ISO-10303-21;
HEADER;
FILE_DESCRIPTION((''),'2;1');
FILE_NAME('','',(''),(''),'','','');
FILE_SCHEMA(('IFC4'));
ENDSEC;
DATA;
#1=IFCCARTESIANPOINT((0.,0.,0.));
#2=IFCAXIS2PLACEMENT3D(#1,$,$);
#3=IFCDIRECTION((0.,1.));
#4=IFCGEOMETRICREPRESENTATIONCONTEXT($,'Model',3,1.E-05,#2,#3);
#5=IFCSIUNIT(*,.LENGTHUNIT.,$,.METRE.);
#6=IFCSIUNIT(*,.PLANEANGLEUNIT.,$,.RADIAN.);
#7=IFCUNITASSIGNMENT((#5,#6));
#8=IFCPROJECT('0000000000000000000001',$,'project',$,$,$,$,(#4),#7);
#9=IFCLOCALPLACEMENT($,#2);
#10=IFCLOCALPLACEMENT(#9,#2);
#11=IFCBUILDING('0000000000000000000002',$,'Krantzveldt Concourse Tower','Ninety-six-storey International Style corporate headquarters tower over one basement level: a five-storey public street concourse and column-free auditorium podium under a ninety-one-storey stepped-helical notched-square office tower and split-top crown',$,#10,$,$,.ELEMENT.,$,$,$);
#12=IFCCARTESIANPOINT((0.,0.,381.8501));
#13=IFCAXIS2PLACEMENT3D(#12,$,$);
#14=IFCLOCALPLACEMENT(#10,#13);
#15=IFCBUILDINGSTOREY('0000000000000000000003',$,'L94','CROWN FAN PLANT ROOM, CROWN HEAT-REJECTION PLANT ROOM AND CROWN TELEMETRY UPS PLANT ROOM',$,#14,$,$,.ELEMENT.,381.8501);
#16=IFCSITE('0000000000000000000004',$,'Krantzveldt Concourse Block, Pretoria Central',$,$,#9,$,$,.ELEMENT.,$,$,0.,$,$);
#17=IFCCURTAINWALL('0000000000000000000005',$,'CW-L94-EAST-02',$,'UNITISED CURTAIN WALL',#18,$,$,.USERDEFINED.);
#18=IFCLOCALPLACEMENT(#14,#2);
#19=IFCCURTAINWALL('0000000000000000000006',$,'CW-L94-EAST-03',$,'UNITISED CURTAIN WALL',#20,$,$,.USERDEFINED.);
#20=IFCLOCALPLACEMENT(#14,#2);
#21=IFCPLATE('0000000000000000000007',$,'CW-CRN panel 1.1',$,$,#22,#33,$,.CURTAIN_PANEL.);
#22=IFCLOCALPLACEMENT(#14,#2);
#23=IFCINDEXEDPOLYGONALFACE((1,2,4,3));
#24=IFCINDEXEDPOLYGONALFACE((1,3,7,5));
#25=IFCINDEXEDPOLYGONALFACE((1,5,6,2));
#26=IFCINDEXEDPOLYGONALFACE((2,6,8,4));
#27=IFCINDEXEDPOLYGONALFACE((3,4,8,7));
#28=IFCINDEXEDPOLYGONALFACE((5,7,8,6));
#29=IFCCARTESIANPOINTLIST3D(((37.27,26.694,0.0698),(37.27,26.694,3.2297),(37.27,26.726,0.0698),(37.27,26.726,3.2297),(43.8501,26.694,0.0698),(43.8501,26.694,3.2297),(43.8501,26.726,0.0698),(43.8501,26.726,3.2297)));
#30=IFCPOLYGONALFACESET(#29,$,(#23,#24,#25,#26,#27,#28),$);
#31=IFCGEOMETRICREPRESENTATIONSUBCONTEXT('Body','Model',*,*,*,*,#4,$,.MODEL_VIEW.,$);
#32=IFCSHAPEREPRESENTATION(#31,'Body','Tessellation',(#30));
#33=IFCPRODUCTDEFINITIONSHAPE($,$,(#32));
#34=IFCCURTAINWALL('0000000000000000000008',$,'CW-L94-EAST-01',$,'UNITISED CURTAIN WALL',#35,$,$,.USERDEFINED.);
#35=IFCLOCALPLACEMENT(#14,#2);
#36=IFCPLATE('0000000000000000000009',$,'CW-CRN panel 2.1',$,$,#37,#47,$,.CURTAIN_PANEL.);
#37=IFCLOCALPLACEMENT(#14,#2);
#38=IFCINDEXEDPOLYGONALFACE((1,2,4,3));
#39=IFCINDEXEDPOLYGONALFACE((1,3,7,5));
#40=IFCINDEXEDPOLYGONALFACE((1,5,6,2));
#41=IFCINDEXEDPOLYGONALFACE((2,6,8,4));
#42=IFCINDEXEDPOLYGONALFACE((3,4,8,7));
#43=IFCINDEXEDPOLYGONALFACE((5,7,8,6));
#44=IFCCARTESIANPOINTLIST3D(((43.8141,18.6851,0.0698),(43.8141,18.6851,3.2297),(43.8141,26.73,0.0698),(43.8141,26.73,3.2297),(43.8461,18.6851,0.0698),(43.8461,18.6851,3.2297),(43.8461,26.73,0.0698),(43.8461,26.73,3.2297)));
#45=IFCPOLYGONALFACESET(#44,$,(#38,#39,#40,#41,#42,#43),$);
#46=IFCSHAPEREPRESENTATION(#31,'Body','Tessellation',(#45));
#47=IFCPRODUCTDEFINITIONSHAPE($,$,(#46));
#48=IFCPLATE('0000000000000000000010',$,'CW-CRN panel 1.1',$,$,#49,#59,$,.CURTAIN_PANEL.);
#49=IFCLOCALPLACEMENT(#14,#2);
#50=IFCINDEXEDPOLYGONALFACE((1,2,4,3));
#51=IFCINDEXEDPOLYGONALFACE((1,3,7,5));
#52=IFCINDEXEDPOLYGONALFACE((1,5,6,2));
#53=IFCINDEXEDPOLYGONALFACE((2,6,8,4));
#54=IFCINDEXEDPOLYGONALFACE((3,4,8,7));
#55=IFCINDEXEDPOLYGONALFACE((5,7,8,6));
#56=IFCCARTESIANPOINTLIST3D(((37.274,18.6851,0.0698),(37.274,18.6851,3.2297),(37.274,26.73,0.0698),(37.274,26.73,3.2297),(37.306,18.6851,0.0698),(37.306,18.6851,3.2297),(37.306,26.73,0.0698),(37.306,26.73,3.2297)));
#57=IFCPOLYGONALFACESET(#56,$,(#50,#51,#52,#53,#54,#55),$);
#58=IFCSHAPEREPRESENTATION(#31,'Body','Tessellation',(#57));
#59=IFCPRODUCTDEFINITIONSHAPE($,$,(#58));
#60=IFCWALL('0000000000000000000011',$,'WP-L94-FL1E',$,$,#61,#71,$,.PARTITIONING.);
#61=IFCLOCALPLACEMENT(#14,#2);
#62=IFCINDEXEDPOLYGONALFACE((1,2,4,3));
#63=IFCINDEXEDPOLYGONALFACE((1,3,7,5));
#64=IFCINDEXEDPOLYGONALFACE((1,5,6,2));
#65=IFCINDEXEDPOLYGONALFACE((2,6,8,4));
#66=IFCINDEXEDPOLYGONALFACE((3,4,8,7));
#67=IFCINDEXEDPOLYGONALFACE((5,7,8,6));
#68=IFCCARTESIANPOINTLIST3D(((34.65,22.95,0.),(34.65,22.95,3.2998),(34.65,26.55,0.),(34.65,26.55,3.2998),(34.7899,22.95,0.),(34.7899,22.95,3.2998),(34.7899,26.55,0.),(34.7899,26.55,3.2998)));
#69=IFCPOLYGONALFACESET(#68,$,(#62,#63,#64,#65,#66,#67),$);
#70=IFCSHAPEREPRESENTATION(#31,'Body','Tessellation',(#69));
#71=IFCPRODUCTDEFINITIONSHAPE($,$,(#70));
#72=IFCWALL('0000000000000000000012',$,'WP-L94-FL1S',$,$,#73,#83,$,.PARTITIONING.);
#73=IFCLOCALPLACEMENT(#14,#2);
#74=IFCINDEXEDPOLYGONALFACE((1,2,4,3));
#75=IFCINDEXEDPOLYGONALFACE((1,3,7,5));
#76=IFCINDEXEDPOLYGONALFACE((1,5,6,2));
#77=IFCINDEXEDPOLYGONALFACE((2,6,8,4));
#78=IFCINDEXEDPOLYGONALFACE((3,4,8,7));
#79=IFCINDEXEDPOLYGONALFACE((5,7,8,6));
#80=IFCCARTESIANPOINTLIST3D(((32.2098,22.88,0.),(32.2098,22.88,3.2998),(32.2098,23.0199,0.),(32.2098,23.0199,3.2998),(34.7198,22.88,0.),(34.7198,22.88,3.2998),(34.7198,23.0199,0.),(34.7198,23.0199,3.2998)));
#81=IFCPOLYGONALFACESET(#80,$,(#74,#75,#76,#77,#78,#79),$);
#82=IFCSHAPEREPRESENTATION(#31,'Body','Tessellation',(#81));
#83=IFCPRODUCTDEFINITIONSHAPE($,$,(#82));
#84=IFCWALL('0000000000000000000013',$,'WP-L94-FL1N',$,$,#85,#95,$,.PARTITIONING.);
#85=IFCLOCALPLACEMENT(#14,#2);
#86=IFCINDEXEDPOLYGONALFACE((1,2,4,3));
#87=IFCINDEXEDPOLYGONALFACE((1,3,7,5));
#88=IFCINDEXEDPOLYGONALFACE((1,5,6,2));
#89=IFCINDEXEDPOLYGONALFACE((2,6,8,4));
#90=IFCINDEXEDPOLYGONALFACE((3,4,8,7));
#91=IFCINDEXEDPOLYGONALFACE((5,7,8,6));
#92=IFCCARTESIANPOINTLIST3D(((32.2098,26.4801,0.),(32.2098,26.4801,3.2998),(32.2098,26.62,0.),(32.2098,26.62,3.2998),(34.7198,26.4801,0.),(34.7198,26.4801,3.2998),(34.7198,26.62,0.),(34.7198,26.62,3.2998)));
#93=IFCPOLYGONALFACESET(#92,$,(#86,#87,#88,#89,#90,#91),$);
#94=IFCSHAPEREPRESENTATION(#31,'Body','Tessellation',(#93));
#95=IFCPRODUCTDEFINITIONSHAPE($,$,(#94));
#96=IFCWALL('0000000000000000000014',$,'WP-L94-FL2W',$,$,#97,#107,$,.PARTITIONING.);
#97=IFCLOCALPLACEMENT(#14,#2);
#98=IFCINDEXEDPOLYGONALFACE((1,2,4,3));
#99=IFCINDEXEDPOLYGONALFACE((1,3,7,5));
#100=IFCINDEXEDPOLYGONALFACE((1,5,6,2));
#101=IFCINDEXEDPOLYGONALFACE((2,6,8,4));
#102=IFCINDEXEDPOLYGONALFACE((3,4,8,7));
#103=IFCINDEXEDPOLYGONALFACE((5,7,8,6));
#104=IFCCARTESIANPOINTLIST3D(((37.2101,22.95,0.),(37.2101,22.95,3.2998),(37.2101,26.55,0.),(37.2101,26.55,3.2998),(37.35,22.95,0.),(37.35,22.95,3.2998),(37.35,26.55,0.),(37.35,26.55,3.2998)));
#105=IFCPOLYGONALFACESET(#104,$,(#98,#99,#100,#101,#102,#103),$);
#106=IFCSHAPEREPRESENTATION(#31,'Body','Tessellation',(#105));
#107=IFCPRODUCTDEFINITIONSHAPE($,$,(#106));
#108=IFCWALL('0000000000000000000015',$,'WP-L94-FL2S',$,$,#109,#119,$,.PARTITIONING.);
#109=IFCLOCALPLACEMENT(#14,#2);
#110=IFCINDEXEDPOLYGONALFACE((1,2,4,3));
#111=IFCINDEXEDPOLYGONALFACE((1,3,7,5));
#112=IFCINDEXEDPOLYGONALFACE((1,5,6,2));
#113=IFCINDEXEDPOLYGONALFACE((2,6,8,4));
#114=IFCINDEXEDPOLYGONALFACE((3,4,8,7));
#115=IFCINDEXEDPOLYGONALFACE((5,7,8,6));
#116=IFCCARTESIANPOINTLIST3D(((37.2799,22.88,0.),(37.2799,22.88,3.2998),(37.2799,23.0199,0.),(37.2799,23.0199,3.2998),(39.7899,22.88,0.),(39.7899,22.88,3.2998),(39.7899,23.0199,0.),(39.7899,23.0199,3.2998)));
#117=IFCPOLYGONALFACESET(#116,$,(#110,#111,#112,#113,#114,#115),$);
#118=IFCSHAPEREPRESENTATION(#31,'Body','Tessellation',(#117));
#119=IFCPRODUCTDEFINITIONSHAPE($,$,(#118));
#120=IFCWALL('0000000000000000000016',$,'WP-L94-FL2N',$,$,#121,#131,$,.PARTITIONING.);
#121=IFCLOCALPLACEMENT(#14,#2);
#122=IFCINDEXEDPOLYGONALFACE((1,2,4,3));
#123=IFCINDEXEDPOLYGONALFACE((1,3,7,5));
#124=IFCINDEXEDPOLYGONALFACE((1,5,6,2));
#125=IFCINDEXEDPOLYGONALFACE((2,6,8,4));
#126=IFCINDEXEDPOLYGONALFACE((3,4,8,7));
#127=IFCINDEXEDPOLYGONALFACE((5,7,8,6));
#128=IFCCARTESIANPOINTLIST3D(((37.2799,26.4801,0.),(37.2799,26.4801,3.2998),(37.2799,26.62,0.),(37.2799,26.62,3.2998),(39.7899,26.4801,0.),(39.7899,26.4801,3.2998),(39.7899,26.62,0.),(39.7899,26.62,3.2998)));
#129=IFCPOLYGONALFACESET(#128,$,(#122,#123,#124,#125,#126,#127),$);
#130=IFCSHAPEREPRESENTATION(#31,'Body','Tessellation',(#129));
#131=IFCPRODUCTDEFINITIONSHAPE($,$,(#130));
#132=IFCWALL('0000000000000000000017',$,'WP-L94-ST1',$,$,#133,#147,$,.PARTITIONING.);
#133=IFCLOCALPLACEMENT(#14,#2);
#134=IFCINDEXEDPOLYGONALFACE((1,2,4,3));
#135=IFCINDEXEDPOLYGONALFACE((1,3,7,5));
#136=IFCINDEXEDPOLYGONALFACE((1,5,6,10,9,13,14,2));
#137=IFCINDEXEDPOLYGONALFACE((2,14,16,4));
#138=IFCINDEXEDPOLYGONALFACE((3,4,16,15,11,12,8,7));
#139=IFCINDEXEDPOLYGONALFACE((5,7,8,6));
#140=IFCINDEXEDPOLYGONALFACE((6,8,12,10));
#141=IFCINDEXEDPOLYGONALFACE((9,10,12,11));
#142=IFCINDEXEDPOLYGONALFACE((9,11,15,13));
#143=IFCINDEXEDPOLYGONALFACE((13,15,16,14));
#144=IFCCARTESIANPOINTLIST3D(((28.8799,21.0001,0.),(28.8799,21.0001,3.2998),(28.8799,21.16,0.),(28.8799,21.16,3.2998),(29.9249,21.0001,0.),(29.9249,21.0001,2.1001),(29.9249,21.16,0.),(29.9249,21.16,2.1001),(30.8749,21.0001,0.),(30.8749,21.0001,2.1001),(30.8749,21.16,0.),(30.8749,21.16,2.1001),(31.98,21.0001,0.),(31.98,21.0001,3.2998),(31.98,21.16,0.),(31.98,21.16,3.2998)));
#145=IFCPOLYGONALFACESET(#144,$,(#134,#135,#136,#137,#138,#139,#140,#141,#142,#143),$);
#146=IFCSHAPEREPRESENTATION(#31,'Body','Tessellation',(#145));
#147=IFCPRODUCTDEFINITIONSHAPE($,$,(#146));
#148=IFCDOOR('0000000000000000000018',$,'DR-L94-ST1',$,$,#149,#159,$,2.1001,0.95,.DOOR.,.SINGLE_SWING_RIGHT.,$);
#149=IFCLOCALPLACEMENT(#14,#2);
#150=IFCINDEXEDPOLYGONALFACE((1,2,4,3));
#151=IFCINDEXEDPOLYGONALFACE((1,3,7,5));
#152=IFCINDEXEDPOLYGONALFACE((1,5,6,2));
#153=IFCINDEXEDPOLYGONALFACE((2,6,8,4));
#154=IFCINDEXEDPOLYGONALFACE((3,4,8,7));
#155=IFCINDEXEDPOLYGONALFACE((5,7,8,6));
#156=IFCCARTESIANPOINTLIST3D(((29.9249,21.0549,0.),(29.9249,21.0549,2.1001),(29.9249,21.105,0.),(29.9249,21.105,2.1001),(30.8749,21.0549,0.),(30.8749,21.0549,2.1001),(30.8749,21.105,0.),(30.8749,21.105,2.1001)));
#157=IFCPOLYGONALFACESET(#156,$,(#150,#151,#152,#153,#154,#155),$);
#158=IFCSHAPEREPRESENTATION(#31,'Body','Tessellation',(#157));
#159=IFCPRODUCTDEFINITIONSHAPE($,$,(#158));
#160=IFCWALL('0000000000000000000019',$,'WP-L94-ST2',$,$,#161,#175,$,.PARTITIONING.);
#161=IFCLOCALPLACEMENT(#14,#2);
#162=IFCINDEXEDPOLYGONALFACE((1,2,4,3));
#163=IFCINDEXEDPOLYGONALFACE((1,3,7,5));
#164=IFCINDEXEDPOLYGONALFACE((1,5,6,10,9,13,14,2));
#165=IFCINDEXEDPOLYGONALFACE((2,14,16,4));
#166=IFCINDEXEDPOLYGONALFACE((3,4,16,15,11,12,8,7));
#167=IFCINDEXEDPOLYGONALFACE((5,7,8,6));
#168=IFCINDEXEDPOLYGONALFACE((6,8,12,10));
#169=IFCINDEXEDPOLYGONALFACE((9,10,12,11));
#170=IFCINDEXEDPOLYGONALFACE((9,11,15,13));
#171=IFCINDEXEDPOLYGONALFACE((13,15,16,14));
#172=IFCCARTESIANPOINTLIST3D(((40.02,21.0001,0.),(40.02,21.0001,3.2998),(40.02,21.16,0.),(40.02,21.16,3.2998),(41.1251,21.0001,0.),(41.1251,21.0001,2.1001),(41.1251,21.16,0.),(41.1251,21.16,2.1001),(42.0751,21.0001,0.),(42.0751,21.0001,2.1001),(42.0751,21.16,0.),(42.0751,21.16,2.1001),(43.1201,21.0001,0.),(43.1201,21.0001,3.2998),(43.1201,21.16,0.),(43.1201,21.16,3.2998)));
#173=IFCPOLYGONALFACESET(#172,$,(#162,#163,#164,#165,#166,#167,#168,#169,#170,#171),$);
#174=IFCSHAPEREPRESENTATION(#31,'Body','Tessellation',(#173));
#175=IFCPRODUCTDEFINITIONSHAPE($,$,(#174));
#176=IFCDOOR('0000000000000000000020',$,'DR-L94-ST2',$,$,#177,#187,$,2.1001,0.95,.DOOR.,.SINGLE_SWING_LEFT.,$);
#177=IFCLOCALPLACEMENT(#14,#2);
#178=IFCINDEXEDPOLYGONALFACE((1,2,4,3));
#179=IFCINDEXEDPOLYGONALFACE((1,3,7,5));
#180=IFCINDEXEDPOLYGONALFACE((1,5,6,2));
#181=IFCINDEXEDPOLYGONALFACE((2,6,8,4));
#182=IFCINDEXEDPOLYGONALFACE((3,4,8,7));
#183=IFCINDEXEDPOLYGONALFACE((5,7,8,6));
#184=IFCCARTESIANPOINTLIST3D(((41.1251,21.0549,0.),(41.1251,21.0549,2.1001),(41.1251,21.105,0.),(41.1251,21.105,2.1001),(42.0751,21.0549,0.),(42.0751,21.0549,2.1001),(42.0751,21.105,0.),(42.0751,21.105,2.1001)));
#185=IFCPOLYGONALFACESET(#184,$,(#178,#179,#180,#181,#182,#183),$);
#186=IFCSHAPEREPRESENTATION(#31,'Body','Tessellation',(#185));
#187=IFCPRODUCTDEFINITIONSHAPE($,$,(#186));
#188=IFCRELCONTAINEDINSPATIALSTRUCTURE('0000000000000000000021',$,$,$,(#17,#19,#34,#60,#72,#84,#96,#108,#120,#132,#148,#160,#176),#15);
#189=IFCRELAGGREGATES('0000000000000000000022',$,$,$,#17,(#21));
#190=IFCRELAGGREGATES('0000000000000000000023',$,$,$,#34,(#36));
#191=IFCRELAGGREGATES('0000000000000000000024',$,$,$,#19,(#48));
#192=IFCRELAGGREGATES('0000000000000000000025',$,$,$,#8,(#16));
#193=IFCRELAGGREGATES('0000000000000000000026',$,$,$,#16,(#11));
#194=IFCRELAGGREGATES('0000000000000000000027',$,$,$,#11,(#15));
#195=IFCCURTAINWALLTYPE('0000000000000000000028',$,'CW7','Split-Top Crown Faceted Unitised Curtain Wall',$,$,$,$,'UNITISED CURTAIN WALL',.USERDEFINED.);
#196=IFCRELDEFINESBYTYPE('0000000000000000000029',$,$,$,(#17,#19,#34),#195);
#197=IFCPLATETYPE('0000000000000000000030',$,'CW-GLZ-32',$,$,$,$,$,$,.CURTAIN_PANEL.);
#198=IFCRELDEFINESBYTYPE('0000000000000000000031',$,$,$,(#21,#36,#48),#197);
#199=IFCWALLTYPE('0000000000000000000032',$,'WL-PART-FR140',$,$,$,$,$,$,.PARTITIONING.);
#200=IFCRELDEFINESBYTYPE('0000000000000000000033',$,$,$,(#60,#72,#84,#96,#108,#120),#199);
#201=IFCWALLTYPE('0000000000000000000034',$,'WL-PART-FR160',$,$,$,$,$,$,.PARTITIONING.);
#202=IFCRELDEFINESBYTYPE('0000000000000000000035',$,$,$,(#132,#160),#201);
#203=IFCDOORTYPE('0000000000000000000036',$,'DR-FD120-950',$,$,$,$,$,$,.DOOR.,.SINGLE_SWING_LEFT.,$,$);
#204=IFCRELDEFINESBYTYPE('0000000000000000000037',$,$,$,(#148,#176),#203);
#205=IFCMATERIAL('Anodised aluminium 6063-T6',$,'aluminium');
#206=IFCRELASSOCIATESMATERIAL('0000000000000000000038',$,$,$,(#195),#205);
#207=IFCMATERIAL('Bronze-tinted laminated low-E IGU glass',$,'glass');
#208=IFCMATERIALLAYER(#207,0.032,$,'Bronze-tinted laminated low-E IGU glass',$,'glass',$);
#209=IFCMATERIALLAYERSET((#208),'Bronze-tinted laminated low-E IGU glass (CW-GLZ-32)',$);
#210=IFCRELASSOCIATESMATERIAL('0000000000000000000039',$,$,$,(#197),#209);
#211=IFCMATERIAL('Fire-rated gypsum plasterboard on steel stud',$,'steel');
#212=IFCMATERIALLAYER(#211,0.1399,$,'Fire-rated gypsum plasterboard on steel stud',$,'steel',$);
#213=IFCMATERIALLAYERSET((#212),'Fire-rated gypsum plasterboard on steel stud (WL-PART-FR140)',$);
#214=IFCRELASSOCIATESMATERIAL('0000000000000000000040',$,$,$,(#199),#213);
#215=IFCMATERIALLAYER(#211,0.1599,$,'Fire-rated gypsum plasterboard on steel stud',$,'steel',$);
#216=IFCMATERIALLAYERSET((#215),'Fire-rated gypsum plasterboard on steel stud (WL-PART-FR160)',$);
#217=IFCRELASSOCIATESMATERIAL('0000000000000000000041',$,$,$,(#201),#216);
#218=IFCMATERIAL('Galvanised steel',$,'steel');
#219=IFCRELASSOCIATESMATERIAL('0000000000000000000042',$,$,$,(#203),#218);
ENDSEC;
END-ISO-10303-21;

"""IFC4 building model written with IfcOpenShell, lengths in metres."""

from ifc_helpers import new_model, si_unit, direction, frame, frame_2d, origin, origin_2d, place, context, subcontext, project, spatial, rectangle, extrude, source, transform, mapped, material, layer, layer_set, type_object, element, fill, aggregate, save


model = new_model("IFC4")

# Units and contexts
model_context = context("Model", 3, precision=1e-05, world=origin(), true_north=direction((0.0, 1.0)))
body_context = subcontext(model_context, "Body", "Model", "MODEL_VIEW")
ifc_project = project(units=[si_unit("LENGTHUNIT", "METRE"), si_unit("PLANEANGLEUNIT", "RADIAN")], contexts=[model_context])

# Site, building, storey
site_placement = place(None, origin())
site = spatial("IfcSite", under=ifc_project, at=site_placement, Name="Krantzveldt Concourse Block, Pretoria Central", CompositionType="ELEMENT", RefElevation=0.0)
building_placement = place(site_placement, origin())
building = spatial("IfcBuilding", under=site, at=building_placement, Name="Krantzveldt Concourse Tower", Description="Ninety-six-storey International Style corporate headquarters tower over one basement level: a five-storey public street concourse and column-free auditorium podium under a ninety-one-storey stepped-helical notched-square office tower and split-top crown", CompositionType="ELEMENT")
storey_placement = place(building_placement, frame((0.0, 0.0, 381.8501)))
storey = spatial("IfcBuildingStorey", under=building, at=storey_placement, Name="L94", Description="CROWN FAN PLANT ROOM, CROWN HEAT-REJECTION PLANT ROOM AND CROWN TELEMETRY UPS PLANT ROOM", CompositionType="ELEMENT", Elevation=381.8501)

# Curtain walls
ifc_material_1 = material(Name="Anodised aluminium 6063-T6", Category="aluminium")
curtain_wall_type = type_object("IfcCurtainWallType", Name="CW7", Description="Split-Top Crown Faceted Unitised Curtain Wall", ElementType="UNITISED CURTAIN WALL", PredefinedType="USERDEFINED", material=ifc_material_1)
curtain_wall_1_placement = place(storey_placement, origin())
curtain_wall_1 = element("IfcCurtainWall", 1, at=curtain_wall_1_placement, inside=storey, type_object=curtain_wall_type, Name="CW-L94-EAST-02", ObjectType="UNITISED CURTAIN WALL", PredefinedType="USERDEFINED")
curtain_wall_2_placement = place(storey_placement, origin())
curtain_wall_2 = element("IfcCurtainWall", 2, at=curtain_wall_2_placement, inside=storey, type_object=curtain_wall_type, Name="CW-L94-EAST-03", ObjectType="UNITISED CURTAIN WALL", PredefinedType="USERDEFINED")

# Plate
ifc_material_2 = material(Name="Bronze-tinted laminated low-E IGU glass", Category="glass")
ifc_layer_1 = layer(ifc_material_2, 0.032, Name="Bronze-tinted laminated low-E IGU glass", Category="glass")
ifc_layer_set_1 = layer_set([ifc_layer_1], Name="Bronze-tinted laminated low-E IGU glass (CW-GLZ-32)")
plate_type = type_object("IfcPlateType", Name="CW-GLZ-32", PredefinedType="CURTAIN_PANEL", material=ifc_layer_set_1)
shared_shape_1 = source(origin(), body_context, "Body", "SweptSolid", [
    extrude(rectangle(XDim=6.5801, YDim=0.032, at=origin_2d()), origin(), (0.0, 0.0, 1.0), 3.1599),
])
plate_1_placement = place(storey_placement, frame((40.5601, 26.71, 0.0698), z_axis=(0.0, 0.0, 1.0), x_axis=(-1.0, 0.0, 0.0)))
plate_1 = element("IfcPlate", 3, at=plate_1_placement, type_object=plate_type, Name="CW-CRN panel 1.1", PredefinedType="CURTAIN_PANEL", context=body_context, shape_type="MappedRepresentation", body=[
    mapped(shared_shape_1, transform((0.0, 0.0, 0.0), x_axis=(1.0, 0.0, 0.0), y_axis=(0.0, 1.0, 0.0), z_axis=(0.0, 0.0, 1.0), scale=1.0)),
])
aggregate(curtain_wall_1, [plate_1])

# Curtain wall, plate
curtain_wall_3_placement = place(storey_placement, origin())
curtain_wall_3 = element("IfcCurtainWall", 4, at=curtain_wall_3_placement, inside=storey, type_object=curtain_wall_type, Name="CW-L94-EAST-01", ObjectType="UNITISED CURTAIN WALL", PredefinedType="USERDEFINED")
shared_shape_2 = source(origin(), body_context, "Body", "SweptSolid", [
    extrude(rectangle(XDim=8.0449, YDim=0.032, at=origin_2d()), origin(), (0.0, 0.0, 1.0), 3.1599),
])
plate_2_placement = place(storey_placement, frame((43.8301, 22.7075, 0.0698), z_axis=(0.0, 0.0, 1.0), x_axis=(0.0, 1.0, 0.0)))
plate_2 = element("IfcPlate", 5, at=plate_2_placement, type_object=plate_type, Name="CW-CRN panel 2.1", PredefinedType="CURTAIN_PANEL", context=body_context, shape_type="MappedRepresentation", body=[
    mapped(shared_shape_2, transform((0.0, 0.0, 0.0), x_axis=(1.0, 0.0, 0.0), y_axis=(0.0, 1.0, 0.0), z_axis=(0.0, 0.0, 1.0), scale=1.0)),
])
aggregate(curtain_wall_3, [plate_2])

# Plate
plate_3_placement = place(storey_placement, frame((37.29, 22.7075, 0.0698), z_axis=(0.0, 0.0, 1.0), x_axis=(0.0, -1.0, 0.0)))
plate_3 = element("IfcPlate", 6, at=plate_3_placement, type_object=plate_type, Name="CW-CRN panel 1.1", PredefinedType="CURTAIN_PANEL", context=body_context, shape_type="MappedRepresentation", body=[
    mapped(shared_shape_2, transform((0.0, 0.0, 0.0), x_axis=(1.0, 0.0, 0.0), y_axis=(0.0, 1.0, 0.0), z_axis=(0.0, 0.0, 1.0), scale=1.0)),
])
aggregate(curtain_wall_2, [plate_3])

# Walls
ifc_material_3 = material(Name="Fire-rated gypsum plasterboard on steel stud", Category="steel")
ifc_layer_2 = layer(ifc_material_3, 0.1399, Name="Fire-rated gypsum plasterboard on steel stud", Category="steel")
ifc_layer_set_2 = layer_set([ifc_layer_2], Name="Fire-rated gypsum plasterboard on steel stud (WL-PART-FR140)")
wall_type_1 = type_object("IfcWallType", Name="WL-PART-FR140", PredefinedType="PARTITIONING", material=ifc_layer_set_2)
wall_1_placement = place(storey_placement, frame((34.72, 22.95, 0.0), z_axis=(0.0, 0.0, 1.0), x_axis=(0.0, 1.0, 0.0)))
element("IfcWall", 7, at=wall_1_placement, inside=storey, type_object=wall_type_1, Name="WP-L94-FL1E", PredefinedType="PARTITIONING", context=body_context, shape_type="SweptSolid", body=[
    extrude(rectangle(XDim=3.6001, YDim=0.1399, at=frame_2d((1.8, 0.0))), origin(), (0.0, 0.0, 1.0), 3.2998),
])
for number, where, z_axis, x_axis, name in (
    (8, (32.21, 22.95, 0.0), (0.0, 0.0, 1.0), (1.0, 0.0, 0.0), "WP-L94-FL1S"),
    (9, (32.21, 26.55, 0.0), (0.0, 0.0, 1.0), (1.0, 0.0, 0.0), "WP-L94-FL1N"),
):
    element("IfcWall", number, at=place(storey_placement, frame(where, z_axis=z_axis, x_axis=x_axis)), inside=storey, type_object=wall_type_1, Name=name, PredefinedType="PARTITIONING", context=body_context, shape_type="SweptSolid", body=[
        extrude(rectangle(XDim=2.51, YDim=0.1399, at=frame_2d((1.2549, 0.0))), origin(), (0.0, 0.0, 1.0), 3.2998),
    ])
wall_2_placement = place(storey_placement, frame((37.28, 22.95, 0.0), z_axis=(0.0, 0.0, 1.0), x_axis=(0.0, 1.0, 0.0)))
element("IfcWall", 10, at=wall_2_placement, inside=storey, type_object=wall_type_1, Name="WP-L94-FL2W", PredefinedType="PARTITIONING", context=body_context, shape_type="SweptSolid", body=[
    extrude(rectangle(XDim=3.6001, YDim=0.1399, at=frame_2d((1.8, 0.0))), origin(), (0.0, 0.0, 1.0), 3.2998),
])
for number, where, z_axis, x_axis, name in (
    (11, (37.28, 22.95, 0.0), (0.0, 0.0, 1.0), (1.0, 0.0, 0.0), "WP-L94-FL2S"),
    (12, (37.28, 26.55, 0.0), (0.0, 0.0, 1.0), (1.0, 0.0, 0.0), "WP-L94-FL2N"),
):
    element("IfcWall", number, at=place(storey_placement, frame(where, z_axis=z_axis, x_axis=x_axis)), inside=storey, type_object=wall_type_1, Name=name, PredefinedType="PARTITIONING", context=body_context, shape_type="SweptSolid", body=[
        extrude(rectangle(XDim=2.51, YDim=0.1399, at=frame_2d((1.2549, 0.0))), origin(), (0.0, 0.0, 1.0), 3.2998),
    ])

# Walls, openings, doors
ifc_layer_3 = layer(ifc_material_3, 0.1599, Name="Fire-rated gypsum plasterboard on steel stud", Category="steel")
ifc_layer_set_3 = layer_set([ifc_layer_3], Name="Fire-rated gypsum plasterboard on steel stud (WL-PART-FR160)")
wall_type_2 = type_object("IfcWallType", Name="WL-PART-FR160", PredefinedType="PARTITIONING", material=ifc_layer_set_3)
wall_3_placement = place(storey_placement, frame((28.8799, 21.0801, 0.0), z_axis=(0.0, 0.0, 1.0), x_axis=(1.0, 0.0, 0.0)))
wall_3 = element("IfcWall", 13, at=wall_3_placement, inside=storey, type_object=wall_type_2, Name="WP-L94-ST1", PredefinedType="PARTITIONING", context=body_context, shape_type="SweptSolid", body=[
    extrude(rectangle(XDim=3.1001, YDim=0.1599, at=frame_2d((1.55, 0.0))), origin(), (0.0, 0.0, 1.0), 3.2998),
])
opening_1_placement = place(wall_3_placement, frame((1.0449, 0.0, 0.0)))
opening_1 = element("IfcOpeningElement", 14, at=opening_1_placement, cuts=wall_3, PredefinedType="OPENING", context=body_context, shape_type="SweptSolid", body=[
    extrude(rectangle(XDim=0.95, YDim=2.1001, at=frame_2d((0.4751, 1.05))), frame((0.0, 0.0898, 0.0), z_axis=(0.0, -1.0, 0.0), x_axis=(1.0, 0.0, 0.0)), (0.0, 0.0, 1.0), 0.1799),
])
ifc_material_4 = material(Name="Galvanised steel", Category="steel")
door_type = type_object("IfcDoorType", Name="DR-FD120-950", OperationType="SINGLE_SWING_LEFT", PredefinedType="DOOR", material=ifc_material_4)
door_1_placement = place(opening_1_placement, origin())
door_1 = element("IfcDoor", 15, at=door_1_placement, inside=storey, type_object=door_type, Name="DR-L94-ST1", OperationType="SINGLE_SWING_RIGHT", OverallHeight=2.1001, OverallWidth=0.95, PredefinedType="DOOR", context=body_context, shape_type="SweptSolid", body=[
    extrude(rectangle(XDim=0.95, YDim=2.1001, at=frame_2d((0.4751, 1.05))), frame((0.0, 0.0249, 0.0), z_axis=(0.0, -1.0, 0.0), x_axis=(1.0, 0.0, 0.0)), (0.0, 0.0, 1.0), 0.05),
])
fill(opening_1, door_1)
wall_4_placement = place(storey_placement, frame((40.02, 21.0801, 0.0), z_axis=(0.0, 0.0, 1.0), x_axis=(1.0, 0.0, 0.0)))
wall_4 = element("IfcWall", 16, at=wall_4_placement, inside=storey, type_object=wall_type_2, Name="WP-L94-ST2", PredefinedType="PARTITIONING", context=body_context, shape_type="SweptSolid", body=[
    extrude(rectangle(XDim=3.1001, YDim=0.1599, at=frame_2d((1.55, 0.0))), origin(), (0.0, 0.0, 1.0), 3.2998),
])
opening_2_placement = place(wall_4_placement, frame((1.105, 0.0, 0.0)))
opening_2 = element("IfcOpeningElement", 17, at=opening_2_placement, cuts=wall_4, PredefinedType="OPENING", context=body_context, shape_type="SweptSolid", body=[
    extrude(rectangle(XDim=0.95, YDim=2.1001, at=frame_2d((0.4751, 1.05))), frame((0.0, 0.0898, 0.0), z_axis=(0.0, -1.0, 0.0), x_axis=(1.0, 0.0, 0.0)), (0.0, 0.0, 1.0), 0.1799),
])
door_2_placement = place(opening_2_placement, origin())
door_2 = element("IfcDoor", 18, at=door_2_placement, inside=storey, type_object=door_type, Name="DR-L94-ST2", OperationType="SINGLE_SWING_LEFT", OverallHeight=2.1001, OverallWidth=0.95, PredefinedType="DOOR", context=body_context, shape_type="SweptSolid", body=[
    extrude(rectangle(XDim=0.95, YDim=2.1001, at=frame_2d((0.4751, 1.05))), frame((0.0, 0.0249, 0.0), z_axis=(0.0, -1.0, 0.0), x_axis=(1.0, 0.0, 0.0)), (0.0, 0.0, 1.0), 0.05),
])
fill(opening_2, door_2)

save(model, "model.ifc")
